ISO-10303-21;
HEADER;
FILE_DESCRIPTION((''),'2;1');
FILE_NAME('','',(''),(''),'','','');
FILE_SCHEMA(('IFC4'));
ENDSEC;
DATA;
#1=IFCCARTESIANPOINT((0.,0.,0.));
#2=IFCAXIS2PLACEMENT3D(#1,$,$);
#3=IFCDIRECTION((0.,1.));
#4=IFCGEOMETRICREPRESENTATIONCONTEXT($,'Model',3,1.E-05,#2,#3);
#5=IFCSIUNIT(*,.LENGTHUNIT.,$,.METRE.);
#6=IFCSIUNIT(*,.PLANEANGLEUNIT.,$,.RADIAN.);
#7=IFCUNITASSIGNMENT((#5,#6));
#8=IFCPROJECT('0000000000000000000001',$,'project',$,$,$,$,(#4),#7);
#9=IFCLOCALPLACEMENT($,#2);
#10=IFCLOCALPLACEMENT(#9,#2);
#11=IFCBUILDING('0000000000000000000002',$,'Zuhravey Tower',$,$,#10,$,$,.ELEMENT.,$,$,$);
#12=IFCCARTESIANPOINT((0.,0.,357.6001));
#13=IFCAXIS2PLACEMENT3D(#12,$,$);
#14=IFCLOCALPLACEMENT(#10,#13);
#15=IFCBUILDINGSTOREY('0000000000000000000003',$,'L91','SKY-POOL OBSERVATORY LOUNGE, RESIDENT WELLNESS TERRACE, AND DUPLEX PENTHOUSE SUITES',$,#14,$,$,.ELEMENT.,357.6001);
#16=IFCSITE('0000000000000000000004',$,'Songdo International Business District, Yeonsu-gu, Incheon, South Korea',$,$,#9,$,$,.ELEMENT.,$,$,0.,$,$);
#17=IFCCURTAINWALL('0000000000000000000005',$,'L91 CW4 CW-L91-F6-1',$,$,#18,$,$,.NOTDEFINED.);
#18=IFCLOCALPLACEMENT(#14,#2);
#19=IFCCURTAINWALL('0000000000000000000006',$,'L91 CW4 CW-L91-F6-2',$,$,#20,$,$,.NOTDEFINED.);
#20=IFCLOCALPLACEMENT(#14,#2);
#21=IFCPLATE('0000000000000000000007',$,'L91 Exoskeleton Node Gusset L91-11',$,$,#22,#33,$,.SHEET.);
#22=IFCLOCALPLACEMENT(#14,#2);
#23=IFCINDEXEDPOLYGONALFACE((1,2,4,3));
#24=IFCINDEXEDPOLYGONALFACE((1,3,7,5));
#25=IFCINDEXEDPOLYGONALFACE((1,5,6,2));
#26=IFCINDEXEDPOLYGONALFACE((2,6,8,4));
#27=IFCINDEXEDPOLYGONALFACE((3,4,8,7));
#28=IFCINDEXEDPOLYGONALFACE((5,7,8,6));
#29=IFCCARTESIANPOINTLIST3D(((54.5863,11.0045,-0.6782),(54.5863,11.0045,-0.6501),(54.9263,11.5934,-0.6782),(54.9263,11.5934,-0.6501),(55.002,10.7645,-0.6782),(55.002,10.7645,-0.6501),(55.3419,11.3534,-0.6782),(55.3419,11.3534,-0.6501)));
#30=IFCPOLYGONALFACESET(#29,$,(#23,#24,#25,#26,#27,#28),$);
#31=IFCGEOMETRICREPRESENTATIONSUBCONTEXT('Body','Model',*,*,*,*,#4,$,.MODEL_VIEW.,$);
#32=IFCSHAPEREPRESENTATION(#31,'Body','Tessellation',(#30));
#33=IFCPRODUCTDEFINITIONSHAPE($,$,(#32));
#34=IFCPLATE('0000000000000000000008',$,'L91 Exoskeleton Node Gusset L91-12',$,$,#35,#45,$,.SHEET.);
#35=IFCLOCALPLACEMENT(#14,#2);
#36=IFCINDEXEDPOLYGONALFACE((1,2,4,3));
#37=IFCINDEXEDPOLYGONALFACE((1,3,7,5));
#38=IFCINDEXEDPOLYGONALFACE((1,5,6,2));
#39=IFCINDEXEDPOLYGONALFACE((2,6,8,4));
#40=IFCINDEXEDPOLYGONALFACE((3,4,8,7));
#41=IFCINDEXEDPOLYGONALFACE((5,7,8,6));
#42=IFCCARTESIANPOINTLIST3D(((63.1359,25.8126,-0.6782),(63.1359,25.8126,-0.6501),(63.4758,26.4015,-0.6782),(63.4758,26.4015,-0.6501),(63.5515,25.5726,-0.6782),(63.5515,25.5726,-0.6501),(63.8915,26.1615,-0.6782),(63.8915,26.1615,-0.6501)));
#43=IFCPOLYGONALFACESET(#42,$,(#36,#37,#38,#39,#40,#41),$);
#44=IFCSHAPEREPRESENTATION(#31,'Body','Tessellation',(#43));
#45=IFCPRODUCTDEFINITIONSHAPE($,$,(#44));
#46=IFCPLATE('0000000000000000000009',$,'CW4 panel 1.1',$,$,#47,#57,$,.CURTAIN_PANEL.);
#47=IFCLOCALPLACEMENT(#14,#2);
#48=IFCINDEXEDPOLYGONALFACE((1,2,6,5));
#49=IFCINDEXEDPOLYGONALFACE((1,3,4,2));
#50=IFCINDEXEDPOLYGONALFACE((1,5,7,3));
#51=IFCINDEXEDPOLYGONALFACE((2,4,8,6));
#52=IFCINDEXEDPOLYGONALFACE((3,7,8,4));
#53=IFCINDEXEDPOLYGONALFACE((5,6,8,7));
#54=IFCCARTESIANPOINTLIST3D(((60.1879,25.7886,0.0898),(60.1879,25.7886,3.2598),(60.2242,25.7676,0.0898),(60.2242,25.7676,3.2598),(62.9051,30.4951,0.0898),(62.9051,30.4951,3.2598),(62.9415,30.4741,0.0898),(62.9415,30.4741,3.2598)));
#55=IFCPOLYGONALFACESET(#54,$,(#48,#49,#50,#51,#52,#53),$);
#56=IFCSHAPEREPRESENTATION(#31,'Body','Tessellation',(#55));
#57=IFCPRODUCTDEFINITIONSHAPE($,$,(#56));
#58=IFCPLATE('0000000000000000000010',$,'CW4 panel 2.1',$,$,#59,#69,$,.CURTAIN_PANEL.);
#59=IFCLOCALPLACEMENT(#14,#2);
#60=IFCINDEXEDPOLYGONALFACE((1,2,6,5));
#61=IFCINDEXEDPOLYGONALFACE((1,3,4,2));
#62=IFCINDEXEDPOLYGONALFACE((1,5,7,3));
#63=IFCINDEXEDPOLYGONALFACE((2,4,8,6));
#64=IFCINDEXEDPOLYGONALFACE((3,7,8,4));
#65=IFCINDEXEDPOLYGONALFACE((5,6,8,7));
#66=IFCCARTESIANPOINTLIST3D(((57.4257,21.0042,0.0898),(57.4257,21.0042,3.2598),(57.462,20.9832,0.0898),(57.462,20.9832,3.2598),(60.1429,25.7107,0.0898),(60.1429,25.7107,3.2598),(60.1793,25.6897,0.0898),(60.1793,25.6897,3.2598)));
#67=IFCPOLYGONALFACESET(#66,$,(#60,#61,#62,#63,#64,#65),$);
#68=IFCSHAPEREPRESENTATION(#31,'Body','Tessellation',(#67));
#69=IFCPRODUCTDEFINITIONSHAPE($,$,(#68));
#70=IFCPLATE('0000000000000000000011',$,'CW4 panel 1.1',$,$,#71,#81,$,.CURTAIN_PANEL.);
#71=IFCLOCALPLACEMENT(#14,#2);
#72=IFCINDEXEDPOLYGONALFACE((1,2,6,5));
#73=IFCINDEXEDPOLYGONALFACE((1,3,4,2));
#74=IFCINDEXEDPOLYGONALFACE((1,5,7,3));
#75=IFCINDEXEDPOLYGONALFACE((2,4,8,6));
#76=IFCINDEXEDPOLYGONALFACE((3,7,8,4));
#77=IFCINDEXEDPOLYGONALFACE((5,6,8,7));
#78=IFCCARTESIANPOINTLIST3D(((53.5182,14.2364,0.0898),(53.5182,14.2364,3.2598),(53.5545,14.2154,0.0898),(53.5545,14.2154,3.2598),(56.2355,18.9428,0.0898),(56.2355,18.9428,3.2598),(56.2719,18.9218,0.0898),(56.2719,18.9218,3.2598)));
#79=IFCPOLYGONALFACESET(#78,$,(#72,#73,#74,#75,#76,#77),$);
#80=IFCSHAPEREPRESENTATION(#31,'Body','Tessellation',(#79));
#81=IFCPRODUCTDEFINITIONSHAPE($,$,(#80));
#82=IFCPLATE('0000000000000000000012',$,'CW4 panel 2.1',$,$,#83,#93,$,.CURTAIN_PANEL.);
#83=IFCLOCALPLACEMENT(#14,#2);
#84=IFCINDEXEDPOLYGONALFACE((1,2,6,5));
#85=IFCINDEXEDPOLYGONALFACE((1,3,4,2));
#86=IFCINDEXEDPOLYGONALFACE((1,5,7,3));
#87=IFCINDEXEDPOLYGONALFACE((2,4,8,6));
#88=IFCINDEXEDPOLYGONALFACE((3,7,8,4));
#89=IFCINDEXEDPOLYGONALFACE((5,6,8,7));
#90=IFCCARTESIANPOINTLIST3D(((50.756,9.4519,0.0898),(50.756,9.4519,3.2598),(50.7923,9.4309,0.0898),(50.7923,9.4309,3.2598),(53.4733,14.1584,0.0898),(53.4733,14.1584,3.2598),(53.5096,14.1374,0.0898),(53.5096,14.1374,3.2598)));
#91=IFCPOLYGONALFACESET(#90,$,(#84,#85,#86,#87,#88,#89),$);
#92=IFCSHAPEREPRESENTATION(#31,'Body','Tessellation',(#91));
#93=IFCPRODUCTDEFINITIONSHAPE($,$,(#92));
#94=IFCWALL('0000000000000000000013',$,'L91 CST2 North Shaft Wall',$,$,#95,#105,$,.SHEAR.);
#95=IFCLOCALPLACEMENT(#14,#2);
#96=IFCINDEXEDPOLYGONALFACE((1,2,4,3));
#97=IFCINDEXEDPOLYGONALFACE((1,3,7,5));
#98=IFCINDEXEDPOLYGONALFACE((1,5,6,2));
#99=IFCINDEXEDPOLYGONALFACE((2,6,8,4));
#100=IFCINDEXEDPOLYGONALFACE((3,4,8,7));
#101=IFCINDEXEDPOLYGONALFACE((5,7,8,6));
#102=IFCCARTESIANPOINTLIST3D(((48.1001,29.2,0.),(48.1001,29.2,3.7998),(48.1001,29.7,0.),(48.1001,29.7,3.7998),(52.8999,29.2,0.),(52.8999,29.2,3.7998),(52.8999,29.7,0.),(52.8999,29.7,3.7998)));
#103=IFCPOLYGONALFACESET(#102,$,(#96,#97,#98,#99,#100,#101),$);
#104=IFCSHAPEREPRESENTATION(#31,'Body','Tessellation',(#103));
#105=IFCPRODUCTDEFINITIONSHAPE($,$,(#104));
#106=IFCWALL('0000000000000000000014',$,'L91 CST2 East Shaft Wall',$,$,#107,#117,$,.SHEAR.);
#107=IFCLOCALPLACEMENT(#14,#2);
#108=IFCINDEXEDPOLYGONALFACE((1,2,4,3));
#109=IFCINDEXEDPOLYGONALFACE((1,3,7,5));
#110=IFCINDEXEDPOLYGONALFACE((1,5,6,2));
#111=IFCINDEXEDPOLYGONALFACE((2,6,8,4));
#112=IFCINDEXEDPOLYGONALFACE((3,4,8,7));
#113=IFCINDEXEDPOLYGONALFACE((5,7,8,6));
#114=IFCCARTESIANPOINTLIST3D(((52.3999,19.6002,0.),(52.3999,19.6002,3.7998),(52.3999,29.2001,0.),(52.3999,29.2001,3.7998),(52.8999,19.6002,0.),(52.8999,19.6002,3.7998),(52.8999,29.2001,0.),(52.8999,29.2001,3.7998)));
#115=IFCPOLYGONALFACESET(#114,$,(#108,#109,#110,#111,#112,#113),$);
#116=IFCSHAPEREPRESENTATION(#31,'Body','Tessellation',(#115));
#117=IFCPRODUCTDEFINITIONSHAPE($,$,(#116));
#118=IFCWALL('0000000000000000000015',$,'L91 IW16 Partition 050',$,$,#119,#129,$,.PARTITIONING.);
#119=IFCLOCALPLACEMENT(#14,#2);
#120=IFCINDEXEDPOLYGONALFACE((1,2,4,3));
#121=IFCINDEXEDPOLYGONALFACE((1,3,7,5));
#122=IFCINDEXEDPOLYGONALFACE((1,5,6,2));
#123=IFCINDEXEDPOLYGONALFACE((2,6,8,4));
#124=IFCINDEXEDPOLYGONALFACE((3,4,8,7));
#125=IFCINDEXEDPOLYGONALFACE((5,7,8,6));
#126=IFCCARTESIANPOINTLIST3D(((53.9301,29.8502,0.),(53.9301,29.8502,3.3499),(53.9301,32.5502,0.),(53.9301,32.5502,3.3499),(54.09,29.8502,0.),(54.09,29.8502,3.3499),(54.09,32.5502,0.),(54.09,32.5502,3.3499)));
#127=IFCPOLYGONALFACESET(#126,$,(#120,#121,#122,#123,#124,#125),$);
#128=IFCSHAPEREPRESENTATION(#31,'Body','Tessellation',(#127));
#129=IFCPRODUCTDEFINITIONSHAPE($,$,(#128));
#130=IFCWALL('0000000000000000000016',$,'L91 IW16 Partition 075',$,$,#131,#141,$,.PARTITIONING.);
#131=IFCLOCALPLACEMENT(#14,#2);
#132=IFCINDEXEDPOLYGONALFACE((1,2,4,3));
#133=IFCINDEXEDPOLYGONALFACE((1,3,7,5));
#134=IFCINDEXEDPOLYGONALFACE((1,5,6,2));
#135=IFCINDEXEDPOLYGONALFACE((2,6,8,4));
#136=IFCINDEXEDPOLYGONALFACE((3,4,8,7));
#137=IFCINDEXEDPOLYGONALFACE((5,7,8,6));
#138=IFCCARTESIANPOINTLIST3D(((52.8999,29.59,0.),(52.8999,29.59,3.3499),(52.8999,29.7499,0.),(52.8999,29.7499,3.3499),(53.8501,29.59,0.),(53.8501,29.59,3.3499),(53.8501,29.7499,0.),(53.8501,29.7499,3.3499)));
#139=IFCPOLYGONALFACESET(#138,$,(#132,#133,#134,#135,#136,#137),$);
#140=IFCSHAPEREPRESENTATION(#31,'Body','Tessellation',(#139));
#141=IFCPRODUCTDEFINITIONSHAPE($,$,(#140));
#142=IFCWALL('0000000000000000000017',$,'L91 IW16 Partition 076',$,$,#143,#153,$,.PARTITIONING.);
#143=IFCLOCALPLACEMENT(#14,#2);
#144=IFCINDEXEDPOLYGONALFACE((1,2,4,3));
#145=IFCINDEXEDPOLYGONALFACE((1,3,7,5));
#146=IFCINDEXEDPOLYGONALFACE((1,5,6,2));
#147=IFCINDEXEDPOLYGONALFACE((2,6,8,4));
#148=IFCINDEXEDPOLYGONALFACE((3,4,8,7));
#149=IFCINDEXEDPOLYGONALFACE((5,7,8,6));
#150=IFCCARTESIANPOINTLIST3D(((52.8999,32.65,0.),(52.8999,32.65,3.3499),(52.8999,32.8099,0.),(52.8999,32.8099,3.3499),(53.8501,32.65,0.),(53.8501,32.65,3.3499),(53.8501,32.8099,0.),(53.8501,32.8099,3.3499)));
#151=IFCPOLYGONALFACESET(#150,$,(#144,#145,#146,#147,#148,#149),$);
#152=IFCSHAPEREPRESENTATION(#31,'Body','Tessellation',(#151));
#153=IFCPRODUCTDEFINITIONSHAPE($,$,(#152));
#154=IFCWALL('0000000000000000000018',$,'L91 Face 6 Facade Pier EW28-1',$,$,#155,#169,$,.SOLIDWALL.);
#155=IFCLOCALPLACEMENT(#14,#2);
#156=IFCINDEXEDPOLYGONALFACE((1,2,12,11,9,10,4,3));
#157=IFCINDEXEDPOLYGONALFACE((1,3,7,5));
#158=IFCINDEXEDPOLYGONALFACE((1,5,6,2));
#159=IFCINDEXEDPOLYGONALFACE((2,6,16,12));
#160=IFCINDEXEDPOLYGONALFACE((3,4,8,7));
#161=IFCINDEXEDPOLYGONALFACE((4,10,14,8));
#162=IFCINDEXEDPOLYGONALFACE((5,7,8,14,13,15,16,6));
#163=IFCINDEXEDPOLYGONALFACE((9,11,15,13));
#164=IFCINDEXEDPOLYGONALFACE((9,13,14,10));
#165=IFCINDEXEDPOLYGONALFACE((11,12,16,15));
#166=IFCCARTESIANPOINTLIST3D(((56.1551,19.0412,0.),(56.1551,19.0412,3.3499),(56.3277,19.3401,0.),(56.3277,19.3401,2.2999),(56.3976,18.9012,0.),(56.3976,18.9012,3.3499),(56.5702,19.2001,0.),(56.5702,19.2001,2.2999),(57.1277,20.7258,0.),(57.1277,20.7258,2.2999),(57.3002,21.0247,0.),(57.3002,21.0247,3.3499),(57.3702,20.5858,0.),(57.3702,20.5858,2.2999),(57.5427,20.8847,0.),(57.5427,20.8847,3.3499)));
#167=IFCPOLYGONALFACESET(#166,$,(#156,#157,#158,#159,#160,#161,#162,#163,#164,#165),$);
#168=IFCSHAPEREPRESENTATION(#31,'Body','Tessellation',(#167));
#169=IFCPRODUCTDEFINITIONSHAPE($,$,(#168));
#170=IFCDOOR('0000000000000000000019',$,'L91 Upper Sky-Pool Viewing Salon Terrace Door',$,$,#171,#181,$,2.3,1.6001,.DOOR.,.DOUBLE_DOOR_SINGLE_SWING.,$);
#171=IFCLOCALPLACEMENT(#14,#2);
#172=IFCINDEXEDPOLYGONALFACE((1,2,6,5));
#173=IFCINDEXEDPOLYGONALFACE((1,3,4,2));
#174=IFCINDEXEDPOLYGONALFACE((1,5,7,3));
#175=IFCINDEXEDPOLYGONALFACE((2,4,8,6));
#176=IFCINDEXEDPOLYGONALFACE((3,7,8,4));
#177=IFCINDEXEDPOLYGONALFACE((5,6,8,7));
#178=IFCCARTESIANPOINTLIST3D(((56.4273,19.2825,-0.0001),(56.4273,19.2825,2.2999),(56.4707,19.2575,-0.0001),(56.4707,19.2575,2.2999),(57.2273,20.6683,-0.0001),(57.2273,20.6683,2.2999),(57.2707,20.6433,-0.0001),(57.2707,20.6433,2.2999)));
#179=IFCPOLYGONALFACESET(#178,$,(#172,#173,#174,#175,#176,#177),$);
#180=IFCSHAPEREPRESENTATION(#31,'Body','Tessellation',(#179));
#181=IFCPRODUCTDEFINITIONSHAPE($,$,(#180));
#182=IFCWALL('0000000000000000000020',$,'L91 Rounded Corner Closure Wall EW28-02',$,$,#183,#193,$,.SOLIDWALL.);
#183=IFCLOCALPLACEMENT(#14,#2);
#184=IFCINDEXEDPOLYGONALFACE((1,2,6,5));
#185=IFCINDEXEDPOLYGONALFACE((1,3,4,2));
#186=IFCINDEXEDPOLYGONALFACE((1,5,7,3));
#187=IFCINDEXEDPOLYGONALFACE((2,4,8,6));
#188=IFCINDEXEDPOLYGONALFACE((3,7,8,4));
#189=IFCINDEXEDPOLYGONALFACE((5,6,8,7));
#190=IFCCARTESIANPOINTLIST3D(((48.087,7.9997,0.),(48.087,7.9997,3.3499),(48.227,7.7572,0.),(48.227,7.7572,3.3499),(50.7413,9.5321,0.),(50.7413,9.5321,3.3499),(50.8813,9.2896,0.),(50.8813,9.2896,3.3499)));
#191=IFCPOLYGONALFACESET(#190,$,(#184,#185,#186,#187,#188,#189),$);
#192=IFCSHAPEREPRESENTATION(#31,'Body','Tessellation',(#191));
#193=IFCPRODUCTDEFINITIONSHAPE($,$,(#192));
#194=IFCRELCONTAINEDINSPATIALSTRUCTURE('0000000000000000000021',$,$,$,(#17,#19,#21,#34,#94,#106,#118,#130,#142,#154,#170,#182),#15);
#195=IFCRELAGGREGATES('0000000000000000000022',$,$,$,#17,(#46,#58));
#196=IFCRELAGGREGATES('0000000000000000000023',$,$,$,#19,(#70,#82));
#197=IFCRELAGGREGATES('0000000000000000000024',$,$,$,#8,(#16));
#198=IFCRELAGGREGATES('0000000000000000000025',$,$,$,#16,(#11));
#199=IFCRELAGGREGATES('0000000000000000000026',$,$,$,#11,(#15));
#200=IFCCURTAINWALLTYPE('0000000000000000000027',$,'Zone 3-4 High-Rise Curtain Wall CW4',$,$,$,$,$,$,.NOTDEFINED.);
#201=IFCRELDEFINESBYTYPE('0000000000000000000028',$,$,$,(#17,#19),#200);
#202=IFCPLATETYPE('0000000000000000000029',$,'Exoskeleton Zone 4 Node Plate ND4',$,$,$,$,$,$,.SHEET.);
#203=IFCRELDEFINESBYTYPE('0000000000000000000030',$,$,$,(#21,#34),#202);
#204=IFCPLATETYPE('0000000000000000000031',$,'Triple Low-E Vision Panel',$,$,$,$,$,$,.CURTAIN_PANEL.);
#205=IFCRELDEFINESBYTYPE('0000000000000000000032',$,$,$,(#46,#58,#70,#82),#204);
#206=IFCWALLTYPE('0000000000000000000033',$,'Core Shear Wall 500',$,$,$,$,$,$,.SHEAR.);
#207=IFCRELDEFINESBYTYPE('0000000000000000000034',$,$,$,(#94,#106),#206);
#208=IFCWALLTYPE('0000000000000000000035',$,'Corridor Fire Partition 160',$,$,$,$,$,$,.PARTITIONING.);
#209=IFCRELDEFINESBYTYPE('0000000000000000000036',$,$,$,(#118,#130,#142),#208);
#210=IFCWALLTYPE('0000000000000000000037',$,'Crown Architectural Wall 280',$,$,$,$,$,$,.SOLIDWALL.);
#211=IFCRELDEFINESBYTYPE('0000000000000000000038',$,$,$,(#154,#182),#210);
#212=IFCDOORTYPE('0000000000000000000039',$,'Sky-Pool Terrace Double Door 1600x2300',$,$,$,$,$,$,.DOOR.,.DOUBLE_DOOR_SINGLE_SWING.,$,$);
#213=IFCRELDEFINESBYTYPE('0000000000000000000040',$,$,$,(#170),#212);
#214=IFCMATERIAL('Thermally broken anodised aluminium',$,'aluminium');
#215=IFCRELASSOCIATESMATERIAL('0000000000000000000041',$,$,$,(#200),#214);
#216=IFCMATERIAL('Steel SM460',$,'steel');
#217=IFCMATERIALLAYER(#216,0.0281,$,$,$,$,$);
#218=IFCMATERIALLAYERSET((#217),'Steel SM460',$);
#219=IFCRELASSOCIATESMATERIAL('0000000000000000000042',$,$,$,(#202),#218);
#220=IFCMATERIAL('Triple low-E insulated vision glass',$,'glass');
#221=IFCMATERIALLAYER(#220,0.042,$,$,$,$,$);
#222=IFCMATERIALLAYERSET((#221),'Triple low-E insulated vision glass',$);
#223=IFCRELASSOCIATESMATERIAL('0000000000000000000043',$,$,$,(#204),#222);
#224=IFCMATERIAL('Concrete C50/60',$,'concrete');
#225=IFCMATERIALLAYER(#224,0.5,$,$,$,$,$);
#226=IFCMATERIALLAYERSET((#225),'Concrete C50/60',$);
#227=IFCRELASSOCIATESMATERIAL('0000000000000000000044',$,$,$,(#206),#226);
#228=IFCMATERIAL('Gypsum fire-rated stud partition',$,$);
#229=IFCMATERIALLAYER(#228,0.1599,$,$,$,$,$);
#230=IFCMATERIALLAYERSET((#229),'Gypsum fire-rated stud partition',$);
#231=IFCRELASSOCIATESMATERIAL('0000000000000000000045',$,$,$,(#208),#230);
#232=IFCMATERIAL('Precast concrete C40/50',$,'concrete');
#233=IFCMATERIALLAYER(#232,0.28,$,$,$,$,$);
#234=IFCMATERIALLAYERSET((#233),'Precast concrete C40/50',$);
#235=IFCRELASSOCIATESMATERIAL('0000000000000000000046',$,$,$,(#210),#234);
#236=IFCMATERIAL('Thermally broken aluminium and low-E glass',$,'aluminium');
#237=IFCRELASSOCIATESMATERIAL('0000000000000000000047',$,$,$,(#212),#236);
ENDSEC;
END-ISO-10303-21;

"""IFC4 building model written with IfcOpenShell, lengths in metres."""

from ifc_helpers import new_model, si_unit, direction, frame, frame_2d, origin, origin_2d, place, context, subcontext, project, spatial, rectangle, extrude, material, layer, layer_set, type_object, element, fill, aggregate, save


model = new_model("IFC4")

# Units and contexts
model_context = context("Model", 3, precision=1e-05, world=origin(), true_north=direction((0.0, 1.0)))
body_context = subcontext(model_context, "Body", "Model", "MODEL_VIEW")
ifc_project = project(units=[si_unit("LENGTHUNIT", "METRE"), si_unit("PLANEANGLEUNIT", "RADIAN")], contexts=[model_context])

# Site, building, storey
site_placement = place(None, origin())
site = spatial("IfcSite", under=ifc_project, at=site_placement, Name="Songdo International Business District, Yeonsu-gu, Incheon, South Korea", CompositionType="ELEMENT", RefElevation=0.0)
building_placement = place(site_placement, origin())
building = spatial("IfcBuilding", under=site, at=building_placement, Name="Zuhravey Tower", CompositionType="ELEMENT")
storey_placement = place(building_placement, frame((0.0, 0.0, 357.6001)))
storey = spatial("IfcBuildingStorey", under=building, at=storey_placement, Name="L91", Description="SKY-POOL OBSERVATORY LOUNGE, RESIDENT WELLNESS TERRACE, AND DUPLEX PENTHOUSE SUITES", CompositionType="ELEMENT", Elevation=357.6001)

# Shared definitions
ifc_material_1 = material(Name="Concrete C50/60", Category="concrete")

# Curtain walls
ifc_material_2 = material(Name="Thermally broken anodised aluminium", Category="aluminium")
curtain_wall_type = type_object("IfcCurtainWallType", Name="Zone 3-4 High-Rise Curtain Wall CW4", PredefinedType="NOTDEFINED", material=ifc_material_2)
curtain_wall_1_placement = place(storey_placement, origin())
curtain_wall_1 = element("IfcCurtainWall", 1, at=curtain_wall_1_placement, inside=storey, type_object=curtain_wall_type, Name="L91 CW4 CW-L91-F6-1", PredefinedType="NOTDEFINED")
curtain_wall_2_placement = place(storey_placement, origin())
curtain_wall_2 = element("IfcCurtainWall", 2, at=curtain_wall_2_placement, inside=storey, type_object=curtain_wall_type, Name="L91 CW4 CW-L91-F6-2", PredefinedType="NOTDEFINED")

# Plates
ifc_material_3 = material(Name="Steel SM460", Category="steel")
ifc_layer_1 = layer(ifc_material_3, 0.0281)
ifc_layer_set_1 = layer_set([ifc_layer_1], Name="Steel SM460")
plate_type_1 = type_object("IfcPlateType", Name="Exoskeleton Zone 4 Node Plate ND4", PredefinedType="SHEET", material=ifc_layer_set_1)
for number, where, z_axis, x_axis, name in (
    (3, (54.9641, 11.179, -0.6782), (0.0, 0.0, 1.0), (0.5, 0.866025, 0.0), "L91 Exoskeleton Node Gusset L91-11"),
    (4, (63.5137, 25.9871, -0.6782), (0.0, 0.0, 1.0), (0.5, 0.866025, 0.0), "L91 Exoskeleton Node Gusset L91-12"),
):
    element("IfcPlate", number, at=place(storey_placement, frame(where, z_axis=z_axis, x_axis=x_axis)), inside=storey, type_object=plate_type_1, Name=name, PredefinedType="SHEET", context=body_context, shape_type="SweptSolid", body=[
        extrude(rectangle(XDim=0.6799, YDim=0.48, at=origin_2d()), origin(), (0.0, 0.0, 1.0), 0.0281),
    ])

# Plates
ifc_material_4 = material(Name="Triple low-E insulated vision glass", Category="glass")
ifc_layer_2 = layer(ifc_material_4, 0.042)
ifc_layer_set_2 = layer_set([ifc_layer_2], Name="Triple low-E insulated vision glass")
plate_type_2 = type_object("IfcPlateType", Name="Triple Low-E Vision Panel", PredefinedType="CURTAIN_PANEL", material=ifc_layer_set_2)
plate_1_placement = place(storey_placement, frame((61.5647, 28.1313, 0.0898), z_axis=(0.0, 0.0, 1.0), x_axis=(-0.499997, -0.866027, 0.0)))
plate_1 = element("IfcPlate", 5, at=plate_1_placement, type_object=plate_type_2, Name="CW4 panel 1.1", PredefinedType="CURTAIN_PANEL", context=body_context, shape_type="SweptSolid", body=[
    extrude(rectangle(XDim=5.4346, YDim=0.042, at=origin_2d()), origin(), (0.0, 0.0, 1.0), 3.1699),
])
plate_2_placement = place(storey_placement, frame((58.8025, 23.3469, 0.0898), z_axis=(0.0, 0.0, 1.0), x_axis=(-0.499997, -0.866027, 0.0)))
plate_2 = element("IfcPlate", 6, at=plate_2_placement, type_object=plate_type_2, Name="CW4 panel 2.1", PredefinedType="CURTAIN_PANEL", context=body_context, shape_type="SweptSolid", body=[
    extrude(rectangle(XDim=5.4346, YDim=0.042, at=origin_2d()), origin(), (0.0, 0.0, 1.0), 3.1699),
])
aggregate(curtain_wall_1, [plate_1, plate_2])
plate_3_placement = place(storey_placement, frame((54.895, 16.5791, 0.0898), z_axis=(0.0, 0.0, 1.0), x_axis=(-0.500004, -0.866023, 0.0)))
plate_3 = element("IfcPlate", 7, at=plate_3_placement, type_object=plate_type_2, Name="CW4 panel 1.1", PredefinedType="CURTAIN_PANEL", context=body_context, shape_type="SweptSolid", body=[
    extrude(rectangle(XDim=5.4346, YDim=0.042, at=origin_2d()), origin(), (0.0, 0.0, 1.0), 3.1699),
])
plate_4_placement = place(storey_placement, frame((52.1328, 11.7947, 0.0898), z_axis=(0.0, 0.0, 1.0), x_axis=(-0.500004, -0.866023, 0.0)))
plate_4 = element("IfcPlate", 8, at=plate_4_placement, type_object=plate_type_2, Name="CW4 panel 2.1", PredefinedType="CURTAIN_PANEL", context=body_context, shape_type="SweptSolid", body=[
    extrude(rectangle(XDim=5.4346, YDim=0.042, at=origin_2d()), origin(), (0.0, 0.0, 1.0), 3.1699),
])
aggregate(curtain_wall_2, [plate_3, plate_4])

# Walls
ifc_layer_3 = layer(ifc_material_1, 0.5)
ifc_layer_set_3 = layer_set([ifc_layer_3], Name="Concrete C50/60")
wall_type_1 = type_object("IfcWallType", Name="Core Shear Wall 500", PredefinedType="SHEAR", material=ifc_layer_set_3)
wall_1_placement = place(storey_placement, frame((52.8999, 29.45, 0.0), z_axis=(0.0, 0.0, 1.0), x_axis=(-1.0, 0.0, 0.0)))
element("IfcWall", 9, at=wall_1_placement, inside=storey, type_object=wall_type_1, Name="L91 CST2 North Shaft Wall", PredefinedType="SHEAR", context=body_context, shape_type="SweptSolid", body=[
    extrude(rectangle(XDim=4.7998, YDim=0.5, at=frame_2d((2.3999, 0.0))), origin(), (0.0, 0.0, 1.0), 3.7998),
])
wall_2_placement = place(storey_placement, frame((52.6499, 29.2, 0.0), z_axis=(0.0, 0.0, 1.0), x_axis=(0.0, -1.0, 0.0)))
element("IfcWall", 10, at=wall_2_placement, inside=storey, type_object=wall_type_1, Name="L91 CST2 East Shaft Wall", PredefinedType="SHEAR", context=body_context, shape_type="SweptSolid", body=[
    extrude(rectangle(XDim=9.5999, YDim=0.5, at=frame_2d((4.7998, 0.0))), origin(), (0.0, 0.0, 1.0), 3.7998),
])
ifc_material_5 = material(Name="Gypsum fire-rated stud partition")
ifc_layer_4 = layer(ifc_material_5, 0.1599)
ifc_layer_set_4 = layer_set([ifc_layer_4], Name="Gypsum fire-rated stud partition")
wall_type_2 = type_object("IfcWallType", Name="Corridor Fire Partition 160", PredefinedType="PARTITIONING", material=ifc_layer_set_4)
wall_3_placement = place(storey_placement, frame((54.01, 29.8501, 0.0), z_axis=(0.0, 0.0, 1.0), x_axis=(0.0, 1.0, 0.0)))
element("IfcWall", 11, at=wall_3_placement, inside=storey, type_object=wall_type_2, Name="L91 IW16 Partition 050", PredefinedType="PARTITIONING", context=body_context, shape_type="SweptSolid", body=[
    extrude(rectangle(XDim=2.7, YDim=0.1599, at=frame_2d((1.3501, 0.0))), origin(), (0.0, 0.0, 1.0), 3.3499),
])
for number, where, z_axis, x_axis, name in (
    (12, (52.8999, 29.6699, 0.0), (0.0, 0.0, 1.0), (1.0, 0.0, 0.0), "L91 IW16 Partition 075"),
    (13, (53.8501, 32.73, 0.0), (0.0, 0.0, 1.0), (-1.0, 0.0, 0.0), "L91 IW16 Partition 076"),
):
    element("IfcWall", number, at=place(storey_placement, frame(where, z_axis=z_axis, x_axis=x_axis)), inside=storey, type_object=wall_type_2, Name=name, PredefinedType="PARTITIONING", context=body_context, shape_type="SweptSolid", body=[
        extrude(rectangle(XDim=0.9502, YDim=0.1599, at=frame_2d((0.4751, 0.0))), origin(), (0.0, 0.0, 1.0), 3.3499),
    ])

# Wall, opening, door
ifc_material_6 = material(Name="Precast concrete C40/50", Category="concrete")
ifc_layer_5 = layer(ifc_material_6, 0.28)
ifc_layer_set_5 = layer_set([ifc_layer_5], Name="Precast concrete C40/50")
wall_type_3 = type_object("IfcWallType", Name="Crown Architectural Wall 280", PredefinedType="SOLIDWALL", material=ifc_layer_set_5)
wall_4_placement = place(storey_placement, frame((57.4214, 20.9546, 0.0), z_axis=(0.0, 0.0, 1.0), x_axis=(-0.499969, -0.866044, 0.0)))
wall_4 = element("IfcWall", 14, at=wall_4_placement, inside=storey, type_object=wall_type_3, Name="L91 Face 6 Facade Pier EW28-1", PredefinedType="SOLIDWALL", context=body_context, shape_type="SweptSolid", body=[
    extrude(rectangle(XDim=2.2903, YDim=0.28, at=frame_2d((1.145, 0.0))), origin(), (0.0, 0.0, 1.0), 3.3499),
])
opening_placement = place(wall_4_placement, frame((0.345, 0.0, 0.0)))
opening = element("IfcOpeningElement", 15, at=opening_placement, cuts=wall_4, PredefinedType="OPENING", context=body_context, shape_type="SweptSolid", body=[
    extrude(rectangle(XDim=1.6001, YDim=2.3, at=frame_2d((0.8, 1.1499))), frame((0.0, 0.1521, 0.0), z_axis=(0.0, -1.0, 0.0), x_axis=(1.0, 0.0, 0.0)), (0.0, 0.0, 1.0), 0.304),
])
ifc_material_7 = material(Name="Thermally broken aluminium and low-E glass", Category="aluminium")
door_type = type_object("IfcDoorType", Name="Sky-Pool Terrace Double Door 1600x2300", OperationType="DOUBLE_DOOR_SINGLE_SWING", PredefinedType="DOOR", material=ifc_material_7)
door_placement = place(opening_placement, frame((1.6001, 0.0, 0.0), z_axis=(0.0, 0.0, 1.0), x_axis=(-1.0, 0.0, 0.0)))
door = element("IfcDoor", 16, at=door_placement, inside=storey, type_object=door_type, Name="L91 Upper Sky-Pool Viewing Salon Terrace Door", OperationType="DOUBLE_DOOR_SINGLE_SWING", OverallHeight=2.3, OverallWidth=1.6001, PredefinedType="DOOR", context=body_context, shape_type="SweptSolid", body=[
    extrude(rectangle(XDim=1.6001, YDim=2.3, at=frame_2d((0.8, 1.1499))), frame((0.0, 0.0249, 0.0), z_axis=(0.0, -1.0, 0.0), x_axis=(1.0, 0.0, 0.0)), (0.0, 0.0, 1.0), 0.05),
])
fill(opening, door)

# Wall
wall_5_placement = place(storey_placement, frame((50.8113, 9.4109, 0.0), z_axis=(0.0, 0.0, 1.0), x_axis=(-0.866024, -0.500003, 0.0)))
element("IfcWall", 17, at=wall_5_placement, inside=storey, type_object=wall_type_3, Name="L91 Rounded Corner Closure Wall EW28-02", PredefinedType="SOLIDWALL", context=body_context, shape_type="SweptSolid", body=[
    extrude(rectangle(XDim=3.0649, YDim=0.28, at=frame_2d((1.5325, 0.0))), origin(), (0.0, 0.0, 1.0), 3.3499),
])

save(model, "model.ifc")
